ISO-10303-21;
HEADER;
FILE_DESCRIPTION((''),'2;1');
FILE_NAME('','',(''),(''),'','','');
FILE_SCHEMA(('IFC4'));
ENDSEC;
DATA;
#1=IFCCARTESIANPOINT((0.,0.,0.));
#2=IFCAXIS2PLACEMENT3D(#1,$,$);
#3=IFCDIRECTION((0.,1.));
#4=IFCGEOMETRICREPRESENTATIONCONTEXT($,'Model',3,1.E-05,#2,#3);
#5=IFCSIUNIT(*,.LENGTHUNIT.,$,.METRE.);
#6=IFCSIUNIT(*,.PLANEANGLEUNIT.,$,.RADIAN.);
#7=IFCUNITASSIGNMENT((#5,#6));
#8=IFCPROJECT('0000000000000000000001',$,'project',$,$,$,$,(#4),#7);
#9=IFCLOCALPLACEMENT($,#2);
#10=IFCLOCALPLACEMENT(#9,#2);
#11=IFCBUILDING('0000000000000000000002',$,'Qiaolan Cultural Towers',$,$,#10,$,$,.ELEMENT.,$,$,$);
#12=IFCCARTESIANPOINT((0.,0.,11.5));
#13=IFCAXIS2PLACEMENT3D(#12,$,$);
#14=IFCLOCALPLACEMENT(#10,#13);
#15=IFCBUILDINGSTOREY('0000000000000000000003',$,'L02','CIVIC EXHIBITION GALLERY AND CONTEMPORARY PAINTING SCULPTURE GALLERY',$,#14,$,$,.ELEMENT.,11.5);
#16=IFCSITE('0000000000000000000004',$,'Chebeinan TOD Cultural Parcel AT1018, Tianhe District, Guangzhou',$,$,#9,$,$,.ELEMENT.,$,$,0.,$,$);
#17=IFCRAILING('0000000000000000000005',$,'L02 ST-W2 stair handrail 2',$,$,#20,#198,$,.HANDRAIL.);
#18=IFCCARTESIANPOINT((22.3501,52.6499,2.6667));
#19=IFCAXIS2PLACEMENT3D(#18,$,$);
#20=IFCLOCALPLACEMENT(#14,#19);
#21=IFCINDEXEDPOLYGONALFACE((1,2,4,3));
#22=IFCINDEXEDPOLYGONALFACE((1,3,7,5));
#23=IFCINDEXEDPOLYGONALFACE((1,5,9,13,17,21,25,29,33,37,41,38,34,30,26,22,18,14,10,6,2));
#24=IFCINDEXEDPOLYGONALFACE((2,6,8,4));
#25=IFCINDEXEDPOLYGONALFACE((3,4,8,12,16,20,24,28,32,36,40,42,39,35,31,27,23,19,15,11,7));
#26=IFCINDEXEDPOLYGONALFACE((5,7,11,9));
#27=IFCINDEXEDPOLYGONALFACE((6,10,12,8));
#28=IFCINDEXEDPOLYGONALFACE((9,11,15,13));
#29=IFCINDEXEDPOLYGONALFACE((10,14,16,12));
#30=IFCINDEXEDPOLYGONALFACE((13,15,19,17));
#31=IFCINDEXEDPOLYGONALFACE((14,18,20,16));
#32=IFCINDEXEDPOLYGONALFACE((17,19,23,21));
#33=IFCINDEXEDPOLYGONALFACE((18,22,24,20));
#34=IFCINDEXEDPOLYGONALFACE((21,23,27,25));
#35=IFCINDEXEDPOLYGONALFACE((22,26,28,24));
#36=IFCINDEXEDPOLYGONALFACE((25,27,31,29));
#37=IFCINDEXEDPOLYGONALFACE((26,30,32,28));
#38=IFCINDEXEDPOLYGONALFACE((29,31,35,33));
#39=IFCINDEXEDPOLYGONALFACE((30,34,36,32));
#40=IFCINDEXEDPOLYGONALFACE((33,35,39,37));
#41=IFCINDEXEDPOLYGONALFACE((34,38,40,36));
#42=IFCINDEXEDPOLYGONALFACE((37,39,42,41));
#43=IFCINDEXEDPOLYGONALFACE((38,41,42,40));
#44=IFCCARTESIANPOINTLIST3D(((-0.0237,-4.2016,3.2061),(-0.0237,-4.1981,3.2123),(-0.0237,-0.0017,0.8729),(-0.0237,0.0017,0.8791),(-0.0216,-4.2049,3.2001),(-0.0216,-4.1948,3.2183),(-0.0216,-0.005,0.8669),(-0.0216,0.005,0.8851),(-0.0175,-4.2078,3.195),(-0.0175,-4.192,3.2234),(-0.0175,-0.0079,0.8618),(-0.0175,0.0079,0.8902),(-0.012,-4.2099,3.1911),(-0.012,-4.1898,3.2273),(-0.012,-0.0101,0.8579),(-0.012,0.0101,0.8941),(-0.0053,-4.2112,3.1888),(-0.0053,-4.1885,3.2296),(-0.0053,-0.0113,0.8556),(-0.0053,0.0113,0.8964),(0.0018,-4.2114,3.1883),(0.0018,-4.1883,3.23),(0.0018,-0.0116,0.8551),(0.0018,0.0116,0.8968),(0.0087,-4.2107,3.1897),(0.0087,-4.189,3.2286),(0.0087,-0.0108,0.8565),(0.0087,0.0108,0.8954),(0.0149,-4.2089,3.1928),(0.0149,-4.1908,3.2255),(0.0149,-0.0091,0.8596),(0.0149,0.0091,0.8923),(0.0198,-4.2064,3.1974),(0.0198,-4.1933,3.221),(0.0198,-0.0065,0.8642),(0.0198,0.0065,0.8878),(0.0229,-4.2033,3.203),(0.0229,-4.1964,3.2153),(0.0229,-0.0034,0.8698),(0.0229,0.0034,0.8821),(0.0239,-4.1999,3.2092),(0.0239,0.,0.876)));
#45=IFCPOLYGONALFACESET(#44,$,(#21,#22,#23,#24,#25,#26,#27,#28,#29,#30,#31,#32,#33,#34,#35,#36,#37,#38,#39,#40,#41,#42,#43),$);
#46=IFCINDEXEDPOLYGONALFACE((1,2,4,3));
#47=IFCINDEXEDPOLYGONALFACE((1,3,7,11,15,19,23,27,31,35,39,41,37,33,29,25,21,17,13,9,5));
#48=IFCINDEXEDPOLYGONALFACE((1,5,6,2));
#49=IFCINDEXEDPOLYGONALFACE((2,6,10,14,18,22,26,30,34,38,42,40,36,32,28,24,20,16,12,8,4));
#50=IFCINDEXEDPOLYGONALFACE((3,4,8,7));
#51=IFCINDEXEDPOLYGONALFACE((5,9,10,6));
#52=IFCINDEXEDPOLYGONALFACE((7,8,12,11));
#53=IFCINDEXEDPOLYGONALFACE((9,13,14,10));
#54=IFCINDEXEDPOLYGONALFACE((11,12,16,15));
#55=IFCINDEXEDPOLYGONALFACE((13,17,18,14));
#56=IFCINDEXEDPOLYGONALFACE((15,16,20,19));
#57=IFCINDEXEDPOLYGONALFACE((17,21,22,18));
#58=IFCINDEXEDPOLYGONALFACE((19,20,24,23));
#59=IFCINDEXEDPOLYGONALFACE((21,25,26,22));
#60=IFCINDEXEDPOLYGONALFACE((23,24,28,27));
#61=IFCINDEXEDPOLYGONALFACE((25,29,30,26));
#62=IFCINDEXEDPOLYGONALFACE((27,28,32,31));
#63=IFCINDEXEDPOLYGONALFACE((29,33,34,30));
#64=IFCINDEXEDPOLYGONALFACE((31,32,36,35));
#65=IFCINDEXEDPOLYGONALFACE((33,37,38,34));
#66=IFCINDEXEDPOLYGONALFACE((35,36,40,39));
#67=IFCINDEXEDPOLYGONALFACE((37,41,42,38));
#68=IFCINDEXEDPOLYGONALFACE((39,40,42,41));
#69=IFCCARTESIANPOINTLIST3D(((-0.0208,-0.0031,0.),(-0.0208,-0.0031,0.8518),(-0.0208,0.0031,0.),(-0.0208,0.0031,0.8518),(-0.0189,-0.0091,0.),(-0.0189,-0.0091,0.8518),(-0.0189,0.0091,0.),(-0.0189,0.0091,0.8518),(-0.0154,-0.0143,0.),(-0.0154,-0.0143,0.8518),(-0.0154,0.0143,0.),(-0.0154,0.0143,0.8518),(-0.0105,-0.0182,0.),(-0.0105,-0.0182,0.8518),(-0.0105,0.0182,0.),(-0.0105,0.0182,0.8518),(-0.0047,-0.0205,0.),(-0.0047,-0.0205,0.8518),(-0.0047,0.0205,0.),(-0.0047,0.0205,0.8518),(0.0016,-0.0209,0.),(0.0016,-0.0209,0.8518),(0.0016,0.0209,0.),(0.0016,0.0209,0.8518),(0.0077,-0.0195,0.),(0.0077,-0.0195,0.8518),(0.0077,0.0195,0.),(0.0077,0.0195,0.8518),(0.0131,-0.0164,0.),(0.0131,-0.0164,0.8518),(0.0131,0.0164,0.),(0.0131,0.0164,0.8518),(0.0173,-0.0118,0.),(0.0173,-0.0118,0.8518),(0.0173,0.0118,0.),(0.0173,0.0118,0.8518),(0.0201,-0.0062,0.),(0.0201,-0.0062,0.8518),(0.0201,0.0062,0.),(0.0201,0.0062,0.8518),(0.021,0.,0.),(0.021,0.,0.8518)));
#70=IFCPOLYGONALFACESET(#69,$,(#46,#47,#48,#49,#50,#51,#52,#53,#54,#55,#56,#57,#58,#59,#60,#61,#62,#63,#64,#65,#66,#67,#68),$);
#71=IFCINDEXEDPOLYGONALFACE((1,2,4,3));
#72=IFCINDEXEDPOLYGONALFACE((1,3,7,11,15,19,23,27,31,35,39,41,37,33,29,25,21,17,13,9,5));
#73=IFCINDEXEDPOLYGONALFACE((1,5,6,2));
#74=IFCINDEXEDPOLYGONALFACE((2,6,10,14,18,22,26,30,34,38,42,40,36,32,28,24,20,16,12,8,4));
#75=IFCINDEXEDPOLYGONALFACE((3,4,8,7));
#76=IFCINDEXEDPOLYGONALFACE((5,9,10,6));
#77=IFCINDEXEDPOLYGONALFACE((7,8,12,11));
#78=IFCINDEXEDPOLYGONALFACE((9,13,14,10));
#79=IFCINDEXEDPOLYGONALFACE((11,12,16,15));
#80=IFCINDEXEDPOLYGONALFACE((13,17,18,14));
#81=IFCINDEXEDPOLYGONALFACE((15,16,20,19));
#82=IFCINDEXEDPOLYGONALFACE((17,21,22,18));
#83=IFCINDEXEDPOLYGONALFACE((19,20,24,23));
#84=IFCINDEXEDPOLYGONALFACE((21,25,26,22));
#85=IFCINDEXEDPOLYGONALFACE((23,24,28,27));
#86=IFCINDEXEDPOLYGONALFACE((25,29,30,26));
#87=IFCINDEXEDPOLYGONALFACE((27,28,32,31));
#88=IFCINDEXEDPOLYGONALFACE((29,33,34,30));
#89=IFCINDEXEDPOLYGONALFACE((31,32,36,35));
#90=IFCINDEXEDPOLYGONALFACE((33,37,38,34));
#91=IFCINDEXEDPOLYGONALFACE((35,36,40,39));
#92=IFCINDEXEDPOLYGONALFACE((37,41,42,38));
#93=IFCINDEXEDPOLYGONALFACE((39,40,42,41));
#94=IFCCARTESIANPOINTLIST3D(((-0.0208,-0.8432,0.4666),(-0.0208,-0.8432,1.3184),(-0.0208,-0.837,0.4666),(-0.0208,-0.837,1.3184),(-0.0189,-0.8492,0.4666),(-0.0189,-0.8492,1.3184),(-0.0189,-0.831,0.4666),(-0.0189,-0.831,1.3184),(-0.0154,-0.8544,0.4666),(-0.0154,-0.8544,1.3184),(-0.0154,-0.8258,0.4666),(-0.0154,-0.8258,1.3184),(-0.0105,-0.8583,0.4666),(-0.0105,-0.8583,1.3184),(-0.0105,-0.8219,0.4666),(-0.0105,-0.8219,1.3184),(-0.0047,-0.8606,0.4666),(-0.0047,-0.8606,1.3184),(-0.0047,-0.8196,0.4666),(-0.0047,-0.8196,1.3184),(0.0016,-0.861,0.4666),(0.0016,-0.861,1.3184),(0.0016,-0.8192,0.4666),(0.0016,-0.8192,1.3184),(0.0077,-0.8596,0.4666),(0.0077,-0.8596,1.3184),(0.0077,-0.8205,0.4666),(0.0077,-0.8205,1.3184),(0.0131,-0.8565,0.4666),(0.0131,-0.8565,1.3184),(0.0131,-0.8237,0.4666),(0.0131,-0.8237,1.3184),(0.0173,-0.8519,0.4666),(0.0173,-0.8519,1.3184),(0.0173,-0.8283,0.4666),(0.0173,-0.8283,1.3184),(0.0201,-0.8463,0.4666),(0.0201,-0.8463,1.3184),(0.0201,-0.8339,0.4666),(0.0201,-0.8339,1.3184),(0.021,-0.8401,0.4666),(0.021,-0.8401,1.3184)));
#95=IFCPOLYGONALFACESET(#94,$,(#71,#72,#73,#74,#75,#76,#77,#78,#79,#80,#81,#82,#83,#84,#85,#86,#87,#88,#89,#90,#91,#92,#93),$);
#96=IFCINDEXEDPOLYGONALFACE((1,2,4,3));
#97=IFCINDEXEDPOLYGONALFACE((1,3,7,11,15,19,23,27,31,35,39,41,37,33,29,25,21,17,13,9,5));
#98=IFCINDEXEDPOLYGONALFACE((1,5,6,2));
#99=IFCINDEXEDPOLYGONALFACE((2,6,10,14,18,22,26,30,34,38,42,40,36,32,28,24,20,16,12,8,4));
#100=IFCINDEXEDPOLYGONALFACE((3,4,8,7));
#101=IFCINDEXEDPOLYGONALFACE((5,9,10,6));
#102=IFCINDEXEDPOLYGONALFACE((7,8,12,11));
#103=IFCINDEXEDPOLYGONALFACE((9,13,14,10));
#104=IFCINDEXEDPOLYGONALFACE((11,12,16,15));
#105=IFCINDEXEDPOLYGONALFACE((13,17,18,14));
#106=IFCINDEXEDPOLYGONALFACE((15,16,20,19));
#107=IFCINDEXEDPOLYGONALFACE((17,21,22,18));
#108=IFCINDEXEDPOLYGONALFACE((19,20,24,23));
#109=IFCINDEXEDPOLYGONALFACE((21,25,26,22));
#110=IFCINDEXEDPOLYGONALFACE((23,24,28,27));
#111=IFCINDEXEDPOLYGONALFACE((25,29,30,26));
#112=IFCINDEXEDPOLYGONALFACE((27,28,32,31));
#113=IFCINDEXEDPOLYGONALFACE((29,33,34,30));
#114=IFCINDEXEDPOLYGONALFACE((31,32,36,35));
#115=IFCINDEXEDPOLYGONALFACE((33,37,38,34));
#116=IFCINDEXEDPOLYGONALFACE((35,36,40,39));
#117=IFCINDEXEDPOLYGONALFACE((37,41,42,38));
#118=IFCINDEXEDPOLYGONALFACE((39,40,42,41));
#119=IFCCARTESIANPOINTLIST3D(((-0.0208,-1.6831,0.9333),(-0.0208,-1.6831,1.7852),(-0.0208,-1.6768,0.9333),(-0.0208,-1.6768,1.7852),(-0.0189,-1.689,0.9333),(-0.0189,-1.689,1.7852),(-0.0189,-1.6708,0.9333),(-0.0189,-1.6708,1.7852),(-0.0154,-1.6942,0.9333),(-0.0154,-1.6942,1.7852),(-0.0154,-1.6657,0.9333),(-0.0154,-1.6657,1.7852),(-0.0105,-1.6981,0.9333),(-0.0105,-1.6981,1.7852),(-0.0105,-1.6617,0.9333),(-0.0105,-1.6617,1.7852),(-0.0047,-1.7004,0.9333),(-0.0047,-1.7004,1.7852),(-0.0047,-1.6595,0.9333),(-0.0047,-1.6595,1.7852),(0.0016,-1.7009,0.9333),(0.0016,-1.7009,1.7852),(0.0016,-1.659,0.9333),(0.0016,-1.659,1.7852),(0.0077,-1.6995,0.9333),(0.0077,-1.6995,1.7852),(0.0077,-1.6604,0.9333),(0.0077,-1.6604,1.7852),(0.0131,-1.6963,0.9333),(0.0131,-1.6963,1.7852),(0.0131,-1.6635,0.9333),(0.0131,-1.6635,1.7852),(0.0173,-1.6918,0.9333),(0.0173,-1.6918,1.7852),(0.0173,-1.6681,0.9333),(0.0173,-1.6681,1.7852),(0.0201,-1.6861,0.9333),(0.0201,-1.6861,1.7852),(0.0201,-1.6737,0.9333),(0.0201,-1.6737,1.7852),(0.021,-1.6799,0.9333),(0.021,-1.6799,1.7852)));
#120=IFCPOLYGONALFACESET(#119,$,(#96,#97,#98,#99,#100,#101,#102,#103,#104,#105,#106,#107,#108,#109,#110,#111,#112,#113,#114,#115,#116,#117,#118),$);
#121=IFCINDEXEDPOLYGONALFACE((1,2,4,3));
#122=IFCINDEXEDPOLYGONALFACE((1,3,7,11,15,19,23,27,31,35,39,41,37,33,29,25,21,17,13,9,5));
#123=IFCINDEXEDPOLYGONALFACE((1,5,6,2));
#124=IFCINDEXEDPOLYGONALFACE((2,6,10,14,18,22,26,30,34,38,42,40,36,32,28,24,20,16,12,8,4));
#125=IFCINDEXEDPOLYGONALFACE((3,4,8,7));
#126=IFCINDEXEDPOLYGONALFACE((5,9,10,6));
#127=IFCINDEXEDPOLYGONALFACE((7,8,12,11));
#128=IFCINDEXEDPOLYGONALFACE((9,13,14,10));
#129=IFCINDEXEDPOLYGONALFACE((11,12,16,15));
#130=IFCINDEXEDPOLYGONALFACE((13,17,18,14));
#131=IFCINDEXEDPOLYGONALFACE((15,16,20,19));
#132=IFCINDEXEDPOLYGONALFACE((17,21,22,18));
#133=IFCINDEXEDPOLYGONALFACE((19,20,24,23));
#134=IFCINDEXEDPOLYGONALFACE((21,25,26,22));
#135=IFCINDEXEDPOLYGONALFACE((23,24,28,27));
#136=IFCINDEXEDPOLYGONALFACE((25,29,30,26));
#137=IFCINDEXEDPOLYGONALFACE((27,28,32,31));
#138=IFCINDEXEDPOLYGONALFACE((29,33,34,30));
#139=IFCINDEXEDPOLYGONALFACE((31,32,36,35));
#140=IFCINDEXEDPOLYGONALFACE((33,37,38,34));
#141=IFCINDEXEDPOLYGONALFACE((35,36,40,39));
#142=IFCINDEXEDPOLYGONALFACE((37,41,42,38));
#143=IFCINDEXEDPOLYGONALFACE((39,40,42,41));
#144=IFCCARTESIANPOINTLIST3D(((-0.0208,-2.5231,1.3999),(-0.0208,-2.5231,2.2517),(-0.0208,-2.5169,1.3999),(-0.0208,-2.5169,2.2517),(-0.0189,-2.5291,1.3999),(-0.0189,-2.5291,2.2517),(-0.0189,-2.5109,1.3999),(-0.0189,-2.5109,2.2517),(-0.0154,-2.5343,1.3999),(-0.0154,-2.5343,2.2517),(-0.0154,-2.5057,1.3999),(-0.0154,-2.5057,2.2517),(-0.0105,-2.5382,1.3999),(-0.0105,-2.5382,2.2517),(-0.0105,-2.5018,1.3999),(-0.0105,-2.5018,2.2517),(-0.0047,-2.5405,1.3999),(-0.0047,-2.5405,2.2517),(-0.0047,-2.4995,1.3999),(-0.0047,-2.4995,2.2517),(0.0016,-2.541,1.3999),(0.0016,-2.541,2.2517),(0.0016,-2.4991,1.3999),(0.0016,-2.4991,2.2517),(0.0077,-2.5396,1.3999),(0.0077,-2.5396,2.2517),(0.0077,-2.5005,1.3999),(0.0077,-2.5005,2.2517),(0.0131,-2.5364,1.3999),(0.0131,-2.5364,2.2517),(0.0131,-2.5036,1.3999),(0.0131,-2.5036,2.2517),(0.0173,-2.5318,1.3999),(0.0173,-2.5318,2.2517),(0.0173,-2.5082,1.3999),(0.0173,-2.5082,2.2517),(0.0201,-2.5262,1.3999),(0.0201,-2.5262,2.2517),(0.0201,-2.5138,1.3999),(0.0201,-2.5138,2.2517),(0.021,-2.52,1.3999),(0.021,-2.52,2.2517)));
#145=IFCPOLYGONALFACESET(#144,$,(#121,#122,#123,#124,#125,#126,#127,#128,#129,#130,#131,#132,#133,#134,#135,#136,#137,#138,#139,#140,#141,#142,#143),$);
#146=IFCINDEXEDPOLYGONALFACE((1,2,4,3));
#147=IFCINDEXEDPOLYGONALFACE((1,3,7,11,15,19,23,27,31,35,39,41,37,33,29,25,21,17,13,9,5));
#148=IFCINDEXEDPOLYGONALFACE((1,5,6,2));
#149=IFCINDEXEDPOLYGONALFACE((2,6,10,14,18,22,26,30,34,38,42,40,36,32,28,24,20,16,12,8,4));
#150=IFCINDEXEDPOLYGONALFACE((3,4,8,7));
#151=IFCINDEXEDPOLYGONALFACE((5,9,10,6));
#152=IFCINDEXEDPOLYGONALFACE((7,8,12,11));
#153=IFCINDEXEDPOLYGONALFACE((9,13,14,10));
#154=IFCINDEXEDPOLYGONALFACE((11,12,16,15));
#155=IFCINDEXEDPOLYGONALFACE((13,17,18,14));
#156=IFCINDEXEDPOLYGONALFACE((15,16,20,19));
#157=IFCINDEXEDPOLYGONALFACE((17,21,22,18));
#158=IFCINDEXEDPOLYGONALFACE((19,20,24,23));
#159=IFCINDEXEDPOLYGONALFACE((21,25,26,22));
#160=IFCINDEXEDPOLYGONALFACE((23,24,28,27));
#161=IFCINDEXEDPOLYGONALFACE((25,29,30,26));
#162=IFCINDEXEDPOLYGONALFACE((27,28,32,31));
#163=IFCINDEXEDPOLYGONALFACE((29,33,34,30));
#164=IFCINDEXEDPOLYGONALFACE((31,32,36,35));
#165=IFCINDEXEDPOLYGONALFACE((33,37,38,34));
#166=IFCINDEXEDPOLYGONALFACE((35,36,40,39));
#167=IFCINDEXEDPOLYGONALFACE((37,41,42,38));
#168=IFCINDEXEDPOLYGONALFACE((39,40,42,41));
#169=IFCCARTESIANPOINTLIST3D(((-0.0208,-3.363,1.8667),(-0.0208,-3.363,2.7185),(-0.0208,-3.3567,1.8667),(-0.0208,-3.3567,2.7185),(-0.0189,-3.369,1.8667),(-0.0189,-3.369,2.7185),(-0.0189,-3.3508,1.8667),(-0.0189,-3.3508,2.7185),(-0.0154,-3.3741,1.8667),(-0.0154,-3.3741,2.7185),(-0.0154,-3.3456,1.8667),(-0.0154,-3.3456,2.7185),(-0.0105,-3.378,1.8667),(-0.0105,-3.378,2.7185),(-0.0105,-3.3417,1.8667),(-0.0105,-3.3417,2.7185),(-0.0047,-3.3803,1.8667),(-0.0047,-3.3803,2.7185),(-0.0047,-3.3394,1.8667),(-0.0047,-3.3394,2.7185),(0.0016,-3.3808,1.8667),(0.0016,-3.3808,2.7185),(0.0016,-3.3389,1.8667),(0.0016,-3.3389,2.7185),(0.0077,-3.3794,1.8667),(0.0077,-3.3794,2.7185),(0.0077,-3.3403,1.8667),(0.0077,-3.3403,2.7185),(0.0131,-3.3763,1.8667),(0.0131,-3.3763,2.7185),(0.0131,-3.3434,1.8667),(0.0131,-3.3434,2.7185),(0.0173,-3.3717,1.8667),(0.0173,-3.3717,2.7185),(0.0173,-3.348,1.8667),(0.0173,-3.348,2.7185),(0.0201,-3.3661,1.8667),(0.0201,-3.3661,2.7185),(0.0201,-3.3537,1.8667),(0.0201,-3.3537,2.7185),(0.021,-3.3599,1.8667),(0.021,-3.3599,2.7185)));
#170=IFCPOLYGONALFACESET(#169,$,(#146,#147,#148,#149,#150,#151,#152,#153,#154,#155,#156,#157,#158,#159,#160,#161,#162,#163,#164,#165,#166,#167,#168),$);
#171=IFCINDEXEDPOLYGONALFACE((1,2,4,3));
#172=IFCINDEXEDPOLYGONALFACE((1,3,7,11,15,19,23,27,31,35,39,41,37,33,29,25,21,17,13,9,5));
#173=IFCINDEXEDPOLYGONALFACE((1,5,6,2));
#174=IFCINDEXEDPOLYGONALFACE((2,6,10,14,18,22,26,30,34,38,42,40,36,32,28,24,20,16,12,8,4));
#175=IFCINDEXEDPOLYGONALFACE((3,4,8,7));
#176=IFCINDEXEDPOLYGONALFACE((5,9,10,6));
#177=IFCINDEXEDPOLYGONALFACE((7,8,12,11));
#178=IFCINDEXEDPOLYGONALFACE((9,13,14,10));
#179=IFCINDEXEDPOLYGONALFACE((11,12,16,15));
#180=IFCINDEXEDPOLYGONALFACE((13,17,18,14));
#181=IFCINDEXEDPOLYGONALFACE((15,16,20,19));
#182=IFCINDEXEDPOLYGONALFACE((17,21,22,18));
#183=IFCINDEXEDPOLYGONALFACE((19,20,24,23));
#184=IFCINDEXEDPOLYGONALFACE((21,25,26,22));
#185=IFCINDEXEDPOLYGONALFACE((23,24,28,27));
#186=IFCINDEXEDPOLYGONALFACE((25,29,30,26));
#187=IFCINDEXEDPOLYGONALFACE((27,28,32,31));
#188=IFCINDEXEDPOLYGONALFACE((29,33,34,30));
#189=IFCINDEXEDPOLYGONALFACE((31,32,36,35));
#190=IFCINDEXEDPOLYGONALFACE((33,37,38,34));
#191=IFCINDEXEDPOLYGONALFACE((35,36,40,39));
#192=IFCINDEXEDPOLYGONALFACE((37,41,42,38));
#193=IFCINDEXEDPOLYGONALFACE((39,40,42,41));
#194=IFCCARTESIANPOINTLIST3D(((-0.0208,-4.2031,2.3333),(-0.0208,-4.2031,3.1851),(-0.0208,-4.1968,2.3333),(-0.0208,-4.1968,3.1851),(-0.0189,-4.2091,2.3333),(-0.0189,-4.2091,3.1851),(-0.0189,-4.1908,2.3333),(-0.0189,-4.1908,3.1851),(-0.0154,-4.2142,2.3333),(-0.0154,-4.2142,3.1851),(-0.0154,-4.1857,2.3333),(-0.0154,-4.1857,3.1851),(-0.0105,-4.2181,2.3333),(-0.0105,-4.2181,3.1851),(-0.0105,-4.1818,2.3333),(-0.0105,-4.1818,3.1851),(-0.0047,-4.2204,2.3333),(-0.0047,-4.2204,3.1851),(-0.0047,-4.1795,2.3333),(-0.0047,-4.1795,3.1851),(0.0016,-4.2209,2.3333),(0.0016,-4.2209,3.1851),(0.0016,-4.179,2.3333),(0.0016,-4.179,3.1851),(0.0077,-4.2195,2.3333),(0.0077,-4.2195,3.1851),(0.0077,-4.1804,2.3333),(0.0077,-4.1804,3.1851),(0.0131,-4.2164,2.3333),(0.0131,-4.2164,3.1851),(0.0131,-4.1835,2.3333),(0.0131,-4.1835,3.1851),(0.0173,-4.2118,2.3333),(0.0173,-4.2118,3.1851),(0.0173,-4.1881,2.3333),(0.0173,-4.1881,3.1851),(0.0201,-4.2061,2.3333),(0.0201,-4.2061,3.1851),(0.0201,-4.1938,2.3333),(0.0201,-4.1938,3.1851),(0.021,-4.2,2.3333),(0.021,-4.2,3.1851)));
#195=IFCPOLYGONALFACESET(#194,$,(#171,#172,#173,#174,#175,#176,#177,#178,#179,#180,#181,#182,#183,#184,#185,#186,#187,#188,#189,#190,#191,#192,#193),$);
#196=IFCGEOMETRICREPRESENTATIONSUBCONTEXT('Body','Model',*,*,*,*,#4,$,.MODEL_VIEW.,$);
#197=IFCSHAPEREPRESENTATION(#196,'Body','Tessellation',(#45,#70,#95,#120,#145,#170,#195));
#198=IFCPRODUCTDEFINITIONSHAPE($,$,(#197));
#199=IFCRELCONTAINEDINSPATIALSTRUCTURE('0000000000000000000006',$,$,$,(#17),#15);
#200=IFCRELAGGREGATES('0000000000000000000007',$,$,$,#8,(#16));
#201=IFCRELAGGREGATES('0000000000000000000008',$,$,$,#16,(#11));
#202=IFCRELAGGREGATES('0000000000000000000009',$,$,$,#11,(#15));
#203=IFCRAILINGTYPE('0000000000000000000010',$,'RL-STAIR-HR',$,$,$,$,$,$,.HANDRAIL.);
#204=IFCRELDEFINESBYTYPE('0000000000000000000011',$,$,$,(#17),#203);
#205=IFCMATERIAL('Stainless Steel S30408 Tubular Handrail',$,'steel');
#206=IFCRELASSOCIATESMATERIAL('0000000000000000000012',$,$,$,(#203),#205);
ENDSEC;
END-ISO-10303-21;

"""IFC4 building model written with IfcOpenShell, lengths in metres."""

from ifc_helpers import new_model, si_unit, direction, frame, origin, origin_2d, place, context, subcontext, project, spatial, circle, extrude, material, type_object, element, save


model = new_model("IFC4")

# Units and contexts
model_context = context("Model", 3, precision=1e-05, world=origin(), true_north=direction((0.0, 1.0)))
body_context = subcontext(model_context, "Body", "Model", "MODEL_VIEW")
ifc_project = project(units=[si_unit("LENGTHUNIT", "METRE"), si_unit("PLANEANGLEUNIT", "RADIAN")], contexts=[model_context])

# Site, building, storey
site_placement = place(None, origin())
site = spatial("IfcSite", under=ifc_project, at=site_placement, Name="Chebeinan TOD Cultural Parcel AT1018, Tianhe District, Guangzhou", CompositionType="ELEMENT", RefElevation=0.0)
building_placement = place(site_placement, origin())
building = spatial("IfcBuilding", under=site, at=building_placement, Name="Qiaolan Cultural Towers", CompositionType="ELEMENT")
storey_placement = place(building_placement, frame((0.0, 0.0, 11.5)))
storey = spatial("IfcBuildingStorey", under=building, at=storey_placement, Name="L02", Description="CIVIC EXHIBITION GALLERY AND CONTEMPORARY PAINTING SCULPTURE GALLERY", CompositionType="ELEMENT", Elevation=11.5)

# Railing
ifc_material_1 = material(Name="Stainless Steel S30408 Tubular Handrail", Category="steel")
railing_type_1 = type_object("IfcRailingType", Name="RL-STAIR-HR", PredefinedType="HANDRAIL", material=ifc_material_1)
railing_1_placement = place(storey_placement, frame((22.3501, 52.6499, 2.6667)))
element("IfcRailing", 1, at=railing_1_placement, inside=storey, type_object=railing_type_1, Name="L02 ST-W2 stair handrail 2", PredefinedType="HANDRAIL", context=body_context, shape_type="SweptSolid", body=[
    extrude(circle(Radius=0.0239, at=origin_2d()), frame((0.0, 0.0, 0.876), z_axis=(0.0, -0.874162, 0.485634), x_axis=(1.0, 0.0, 0.0)), (0.0, 0.0, 1.0), 4.8044),
    extrude(circle(Radius=0.021, at=origin_2d()), origin(), (0.0, 0.0, 1.0), 0.8518),
    extrude(circle(Radius=0.021, at=origin_2d()), frame((0.0, -0.8401, 0.4666)), (0.0, 0.0, 1.0), 0.8518),
    extrude(circle(Radius=0.021, at=origin_2d()), frame((0.0, -1.6799, 0.9333)), (0.0, 0.0, 1.0), 0.8518),
    extrude(circle(Radius=0.021, at=origin_2d()), frame((0.0, -2.52, 1.3999)), (0.0, 0.0, 1.0), 0.8518),
    extrude(circle(Radius=0.021, at=origin_2d()), frame((0.0, -3.3599, 1.8667)), (0.0, 0.0, 1.0), 0.8518),
    extrude(circle(Radius=0.021, at=origin_2d()), frame((0.0, -4.2, 2.3333)), (0.0, 0.0, 1.0), 0.8518),
])

save(model, "model.ifc")
